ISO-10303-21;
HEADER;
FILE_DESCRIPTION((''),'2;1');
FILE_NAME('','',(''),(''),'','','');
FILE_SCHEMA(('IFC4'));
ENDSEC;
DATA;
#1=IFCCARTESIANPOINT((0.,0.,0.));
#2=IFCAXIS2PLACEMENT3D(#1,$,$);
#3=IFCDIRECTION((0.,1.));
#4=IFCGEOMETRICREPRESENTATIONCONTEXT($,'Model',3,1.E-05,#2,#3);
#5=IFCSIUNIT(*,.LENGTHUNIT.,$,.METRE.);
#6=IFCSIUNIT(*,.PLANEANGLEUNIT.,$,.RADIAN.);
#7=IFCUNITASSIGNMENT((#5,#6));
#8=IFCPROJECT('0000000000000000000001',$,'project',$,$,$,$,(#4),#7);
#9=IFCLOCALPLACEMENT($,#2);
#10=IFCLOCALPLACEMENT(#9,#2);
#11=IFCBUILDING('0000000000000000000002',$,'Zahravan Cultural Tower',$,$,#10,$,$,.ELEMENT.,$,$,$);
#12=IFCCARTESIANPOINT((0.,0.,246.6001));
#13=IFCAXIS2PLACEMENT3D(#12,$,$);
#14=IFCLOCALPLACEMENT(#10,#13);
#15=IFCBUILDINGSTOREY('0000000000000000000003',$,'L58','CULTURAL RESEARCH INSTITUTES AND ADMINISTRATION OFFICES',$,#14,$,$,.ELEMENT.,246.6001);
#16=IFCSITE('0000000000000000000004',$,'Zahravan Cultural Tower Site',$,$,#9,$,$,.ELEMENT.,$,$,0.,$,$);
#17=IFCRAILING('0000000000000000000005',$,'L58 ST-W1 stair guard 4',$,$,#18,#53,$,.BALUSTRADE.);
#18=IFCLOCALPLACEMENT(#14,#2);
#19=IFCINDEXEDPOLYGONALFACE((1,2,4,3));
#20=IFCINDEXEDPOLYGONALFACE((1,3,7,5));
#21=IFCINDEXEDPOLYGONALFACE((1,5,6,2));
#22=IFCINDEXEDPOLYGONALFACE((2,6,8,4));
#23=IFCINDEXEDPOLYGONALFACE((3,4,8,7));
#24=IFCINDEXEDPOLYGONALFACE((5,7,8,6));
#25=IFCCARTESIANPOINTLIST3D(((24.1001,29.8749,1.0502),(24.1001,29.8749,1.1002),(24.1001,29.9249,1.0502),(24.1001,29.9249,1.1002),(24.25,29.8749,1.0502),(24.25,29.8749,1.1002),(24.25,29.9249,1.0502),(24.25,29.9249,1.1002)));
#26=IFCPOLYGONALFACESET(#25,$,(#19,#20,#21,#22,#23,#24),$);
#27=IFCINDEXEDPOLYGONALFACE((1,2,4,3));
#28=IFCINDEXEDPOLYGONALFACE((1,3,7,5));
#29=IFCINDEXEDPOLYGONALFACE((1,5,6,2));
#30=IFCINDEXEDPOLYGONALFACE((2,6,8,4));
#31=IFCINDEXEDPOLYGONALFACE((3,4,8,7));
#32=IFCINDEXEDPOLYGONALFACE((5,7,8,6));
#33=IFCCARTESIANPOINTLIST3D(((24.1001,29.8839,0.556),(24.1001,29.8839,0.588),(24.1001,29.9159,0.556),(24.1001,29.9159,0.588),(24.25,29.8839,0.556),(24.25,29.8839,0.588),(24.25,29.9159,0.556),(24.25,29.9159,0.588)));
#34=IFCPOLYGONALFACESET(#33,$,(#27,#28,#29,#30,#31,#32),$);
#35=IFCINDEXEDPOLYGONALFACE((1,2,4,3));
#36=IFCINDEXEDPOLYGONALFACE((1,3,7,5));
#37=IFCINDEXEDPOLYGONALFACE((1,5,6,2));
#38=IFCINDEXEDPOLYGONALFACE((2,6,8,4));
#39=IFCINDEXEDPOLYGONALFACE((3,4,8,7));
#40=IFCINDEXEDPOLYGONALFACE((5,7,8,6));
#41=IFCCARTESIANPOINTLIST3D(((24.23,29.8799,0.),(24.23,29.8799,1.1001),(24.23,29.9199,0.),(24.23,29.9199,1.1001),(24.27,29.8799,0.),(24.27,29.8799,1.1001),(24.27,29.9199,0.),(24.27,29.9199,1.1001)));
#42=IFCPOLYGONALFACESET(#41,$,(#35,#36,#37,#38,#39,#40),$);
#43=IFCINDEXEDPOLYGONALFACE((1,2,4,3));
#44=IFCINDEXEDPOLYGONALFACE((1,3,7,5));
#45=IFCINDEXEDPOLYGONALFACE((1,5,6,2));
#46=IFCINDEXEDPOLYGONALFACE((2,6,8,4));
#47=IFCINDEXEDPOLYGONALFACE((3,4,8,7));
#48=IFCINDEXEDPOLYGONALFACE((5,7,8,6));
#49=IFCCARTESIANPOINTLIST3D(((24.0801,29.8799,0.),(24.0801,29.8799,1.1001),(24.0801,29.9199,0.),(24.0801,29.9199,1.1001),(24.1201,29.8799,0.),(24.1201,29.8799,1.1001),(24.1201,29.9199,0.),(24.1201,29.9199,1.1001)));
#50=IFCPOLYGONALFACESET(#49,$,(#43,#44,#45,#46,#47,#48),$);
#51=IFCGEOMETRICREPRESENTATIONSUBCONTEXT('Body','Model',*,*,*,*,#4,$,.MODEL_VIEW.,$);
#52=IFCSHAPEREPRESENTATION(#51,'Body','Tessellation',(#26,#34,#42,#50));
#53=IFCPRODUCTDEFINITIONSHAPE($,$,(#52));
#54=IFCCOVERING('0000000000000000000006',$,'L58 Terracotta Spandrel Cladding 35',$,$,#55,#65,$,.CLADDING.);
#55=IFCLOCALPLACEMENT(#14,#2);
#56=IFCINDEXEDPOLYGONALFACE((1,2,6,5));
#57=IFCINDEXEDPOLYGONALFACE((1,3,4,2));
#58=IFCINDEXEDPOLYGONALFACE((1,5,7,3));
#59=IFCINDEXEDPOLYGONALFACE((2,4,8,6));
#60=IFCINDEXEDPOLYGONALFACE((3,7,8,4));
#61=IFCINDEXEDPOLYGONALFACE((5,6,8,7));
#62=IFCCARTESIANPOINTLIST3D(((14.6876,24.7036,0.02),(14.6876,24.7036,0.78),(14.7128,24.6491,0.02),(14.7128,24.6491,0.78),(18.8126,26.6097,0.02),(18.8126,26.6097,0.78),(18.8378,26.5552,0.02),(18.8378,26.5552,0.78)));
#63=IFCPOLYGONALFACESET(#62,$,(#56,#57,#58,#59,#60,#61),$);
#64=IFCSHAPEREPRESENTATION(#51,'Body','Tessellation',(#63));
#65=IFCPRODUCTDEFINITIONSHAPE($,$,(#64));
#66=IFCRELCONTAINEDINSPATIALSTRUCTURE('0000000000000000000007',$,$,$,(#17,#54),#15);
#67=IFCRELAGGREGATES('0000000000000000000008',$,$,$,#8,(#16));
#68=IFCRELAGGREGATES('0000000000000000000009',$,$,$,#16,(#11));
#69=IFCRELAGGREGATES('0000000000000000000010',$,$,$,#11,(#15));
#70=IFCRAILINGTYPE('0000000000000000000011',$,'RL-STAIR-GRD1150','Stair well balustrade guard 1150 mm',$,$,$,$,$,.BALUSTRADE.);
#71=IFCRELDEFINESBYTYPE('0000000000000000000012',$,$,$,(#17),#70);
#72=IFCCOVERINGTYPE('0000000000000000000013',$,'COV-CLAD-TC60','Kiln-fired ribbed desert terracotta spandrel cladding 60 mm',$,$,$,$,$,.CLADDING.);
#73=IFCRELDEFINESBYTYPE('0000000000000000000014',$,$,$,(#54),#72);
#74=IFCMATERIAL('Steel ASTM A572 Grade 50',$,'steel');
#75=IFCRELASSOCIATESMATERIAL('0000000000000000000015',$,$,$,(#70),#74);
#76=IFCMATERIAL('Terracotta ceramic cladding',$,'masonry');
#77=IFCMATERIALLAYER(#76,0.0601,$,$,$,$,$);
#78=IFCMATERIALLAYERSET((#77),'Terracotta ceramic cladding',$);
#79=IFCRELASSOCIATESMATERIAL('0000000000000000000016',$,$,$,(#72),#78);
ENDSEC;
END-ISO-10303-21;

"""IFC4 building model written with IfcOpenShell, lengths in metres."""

from ifc_helpers import new_model, si_unit, direction, frame, origin, origin_2d, place, context, subcontext, project, spatial, rectangle, extrude, source, transform, mapped, material, layer, layer_set, type_object, element, save


model = new_model("IFC4")

# Units and contexts
model_context = context("Model", 3, precision=1e-05, world=origin(), true_north=direction((0.0, 1.0)))
body_context = subcontext(model_context, "Body", "Model", "MODEL_VIEW")
ifc_project = project(units=[si_unit("LENGTHUNIT", "METRE"), si_unit("PLANEANGLEUNIT", "RADIAN")], contexts=[model_context])

# Site, building, storey
site_placement = place(None, origin())
site = spatial("IfcSite", under=ifc_project, at=site_placement, Name="Zahravan Cultural Tower Site", CompositionType="ELEMENT", RefElevation=0.0)
building_placement = place(site_placement, origin())
building = spatial("IfcBuilding", under=site, at=building_placement, Name="Zahravan Cultural Tower", CompositionType="ELEMENT")
storey_placement = place(building_placement, frame((0.0, 0.0, 246.6001)))
storey = spatial("IfcBuildingStorey", under=building, at=storey_placement, Name="L58", Description="CULTURAL RESEARCH INSTITUTES AND ADMINISTRATION OFFICES", CompositionType="ELEMENT", Elevation=246.6001)

# Railing
ifc_material_1 = material(Name="Steel ASTM A572 Grade 50", Category="steel")
railing_type = type_object("IfcRailingType", Name="RL-STAIR-GRD1150", Description="Stair well balustrade guard 1150 mm", PredefinedType="BALUSTRADE", material=ifc_material_1)
railing_placement = place(storey_placement, frame((24.25, 29.8999, 0.0)))
element("IfcRailing", 1, at=railing_placement, inside=storey, type_object=railing_type, Name="L58 ST-W1 stair guard 4", PredefinedType="BALUSTRADE", context=body_context, shape_type="SweptSolid", body=[
    extrude(rectangle(XDim=0.05, YDim=0.05, at=origin_2d()), frame((0.0, 0.0, 1.0752), z_axis=(-1.0, 0.0, 0.0), x_axis=(0.0, -1.0, 0.0)), (0.0, 0.0, 1.0), 0.1499),
    extrude(rectangle(XDim=0.032, YDim=0.032, at=origin_2d()), frame((0.0, 0.0, 0.572), z_axis=(-1.0, 0.0, 0.0), x_axis=(0.0, -1.0, 0.0)), (0.0, 0.0, 1.0), 0.1499),
    extrude(rectangle(XDim=0.04, YDim=0.04, at=origin_2d()), origin(), (0.0, 0.0, 1.0), 1.1001),
    extrude(rectangle(XDim=0.04, YDim=0.04, at=origin_2d()), frame((-0.1499, 0.0, 0.0)), (0.0, 0.0, 1.0), 1.1001),
])

# Covering
ifc_material_2 = material(Name="Terracotta ceramic cladding", Category="masonry")
ifc_layer_1 = layer(ifc_material_2, 0.0601)
ifc_layer_set_1 = layer_set([ifc_layer_1], Name="Terracotta ceramic cladding")
covering_type = type_object("IfcCoveringType", Name="COV-CLAD-TC60", Description="Kiln-fired ribbed desert terracotta spandrel cladding 60 mm", PredefinedType="CLADDING", material=ifc_layer_set_1)
shared_shape_1 = source(origin(), body_context, "Body", "SweptSolid", [
    extrude(rectangle(XDim=4.5442, YDim=0.0601, at=origin_2d()), origin(), (0.0, 0.0, 1.0), 0.76),
])
covering_placement = place(storey_placement, frame((16.7627, 25.6294, 0.02), z_axis=(0.0, 0.0, 1.0), x_axis=(0.90777, 0.419468, 0.0)))
element("IfcCovering", 2, at=covering_placement, inside=storey, type_object=covering_type, Name="L58 Terracotta Spandrel Cladding 35", PredefinedType="CLADDING", context=body_context, shape_type="MappedRepresentation", body=[
    mapped(shared_shape_1, transform((0.0, 0.0, 0.0), x_axis=(1.0, 0.0, 0.0), y_axis=(0.0, 1.0, 0.0), z_axis=(0.0, 0.0, 1.0), scale=1.0)),
])

save(model, "model.ifc")
